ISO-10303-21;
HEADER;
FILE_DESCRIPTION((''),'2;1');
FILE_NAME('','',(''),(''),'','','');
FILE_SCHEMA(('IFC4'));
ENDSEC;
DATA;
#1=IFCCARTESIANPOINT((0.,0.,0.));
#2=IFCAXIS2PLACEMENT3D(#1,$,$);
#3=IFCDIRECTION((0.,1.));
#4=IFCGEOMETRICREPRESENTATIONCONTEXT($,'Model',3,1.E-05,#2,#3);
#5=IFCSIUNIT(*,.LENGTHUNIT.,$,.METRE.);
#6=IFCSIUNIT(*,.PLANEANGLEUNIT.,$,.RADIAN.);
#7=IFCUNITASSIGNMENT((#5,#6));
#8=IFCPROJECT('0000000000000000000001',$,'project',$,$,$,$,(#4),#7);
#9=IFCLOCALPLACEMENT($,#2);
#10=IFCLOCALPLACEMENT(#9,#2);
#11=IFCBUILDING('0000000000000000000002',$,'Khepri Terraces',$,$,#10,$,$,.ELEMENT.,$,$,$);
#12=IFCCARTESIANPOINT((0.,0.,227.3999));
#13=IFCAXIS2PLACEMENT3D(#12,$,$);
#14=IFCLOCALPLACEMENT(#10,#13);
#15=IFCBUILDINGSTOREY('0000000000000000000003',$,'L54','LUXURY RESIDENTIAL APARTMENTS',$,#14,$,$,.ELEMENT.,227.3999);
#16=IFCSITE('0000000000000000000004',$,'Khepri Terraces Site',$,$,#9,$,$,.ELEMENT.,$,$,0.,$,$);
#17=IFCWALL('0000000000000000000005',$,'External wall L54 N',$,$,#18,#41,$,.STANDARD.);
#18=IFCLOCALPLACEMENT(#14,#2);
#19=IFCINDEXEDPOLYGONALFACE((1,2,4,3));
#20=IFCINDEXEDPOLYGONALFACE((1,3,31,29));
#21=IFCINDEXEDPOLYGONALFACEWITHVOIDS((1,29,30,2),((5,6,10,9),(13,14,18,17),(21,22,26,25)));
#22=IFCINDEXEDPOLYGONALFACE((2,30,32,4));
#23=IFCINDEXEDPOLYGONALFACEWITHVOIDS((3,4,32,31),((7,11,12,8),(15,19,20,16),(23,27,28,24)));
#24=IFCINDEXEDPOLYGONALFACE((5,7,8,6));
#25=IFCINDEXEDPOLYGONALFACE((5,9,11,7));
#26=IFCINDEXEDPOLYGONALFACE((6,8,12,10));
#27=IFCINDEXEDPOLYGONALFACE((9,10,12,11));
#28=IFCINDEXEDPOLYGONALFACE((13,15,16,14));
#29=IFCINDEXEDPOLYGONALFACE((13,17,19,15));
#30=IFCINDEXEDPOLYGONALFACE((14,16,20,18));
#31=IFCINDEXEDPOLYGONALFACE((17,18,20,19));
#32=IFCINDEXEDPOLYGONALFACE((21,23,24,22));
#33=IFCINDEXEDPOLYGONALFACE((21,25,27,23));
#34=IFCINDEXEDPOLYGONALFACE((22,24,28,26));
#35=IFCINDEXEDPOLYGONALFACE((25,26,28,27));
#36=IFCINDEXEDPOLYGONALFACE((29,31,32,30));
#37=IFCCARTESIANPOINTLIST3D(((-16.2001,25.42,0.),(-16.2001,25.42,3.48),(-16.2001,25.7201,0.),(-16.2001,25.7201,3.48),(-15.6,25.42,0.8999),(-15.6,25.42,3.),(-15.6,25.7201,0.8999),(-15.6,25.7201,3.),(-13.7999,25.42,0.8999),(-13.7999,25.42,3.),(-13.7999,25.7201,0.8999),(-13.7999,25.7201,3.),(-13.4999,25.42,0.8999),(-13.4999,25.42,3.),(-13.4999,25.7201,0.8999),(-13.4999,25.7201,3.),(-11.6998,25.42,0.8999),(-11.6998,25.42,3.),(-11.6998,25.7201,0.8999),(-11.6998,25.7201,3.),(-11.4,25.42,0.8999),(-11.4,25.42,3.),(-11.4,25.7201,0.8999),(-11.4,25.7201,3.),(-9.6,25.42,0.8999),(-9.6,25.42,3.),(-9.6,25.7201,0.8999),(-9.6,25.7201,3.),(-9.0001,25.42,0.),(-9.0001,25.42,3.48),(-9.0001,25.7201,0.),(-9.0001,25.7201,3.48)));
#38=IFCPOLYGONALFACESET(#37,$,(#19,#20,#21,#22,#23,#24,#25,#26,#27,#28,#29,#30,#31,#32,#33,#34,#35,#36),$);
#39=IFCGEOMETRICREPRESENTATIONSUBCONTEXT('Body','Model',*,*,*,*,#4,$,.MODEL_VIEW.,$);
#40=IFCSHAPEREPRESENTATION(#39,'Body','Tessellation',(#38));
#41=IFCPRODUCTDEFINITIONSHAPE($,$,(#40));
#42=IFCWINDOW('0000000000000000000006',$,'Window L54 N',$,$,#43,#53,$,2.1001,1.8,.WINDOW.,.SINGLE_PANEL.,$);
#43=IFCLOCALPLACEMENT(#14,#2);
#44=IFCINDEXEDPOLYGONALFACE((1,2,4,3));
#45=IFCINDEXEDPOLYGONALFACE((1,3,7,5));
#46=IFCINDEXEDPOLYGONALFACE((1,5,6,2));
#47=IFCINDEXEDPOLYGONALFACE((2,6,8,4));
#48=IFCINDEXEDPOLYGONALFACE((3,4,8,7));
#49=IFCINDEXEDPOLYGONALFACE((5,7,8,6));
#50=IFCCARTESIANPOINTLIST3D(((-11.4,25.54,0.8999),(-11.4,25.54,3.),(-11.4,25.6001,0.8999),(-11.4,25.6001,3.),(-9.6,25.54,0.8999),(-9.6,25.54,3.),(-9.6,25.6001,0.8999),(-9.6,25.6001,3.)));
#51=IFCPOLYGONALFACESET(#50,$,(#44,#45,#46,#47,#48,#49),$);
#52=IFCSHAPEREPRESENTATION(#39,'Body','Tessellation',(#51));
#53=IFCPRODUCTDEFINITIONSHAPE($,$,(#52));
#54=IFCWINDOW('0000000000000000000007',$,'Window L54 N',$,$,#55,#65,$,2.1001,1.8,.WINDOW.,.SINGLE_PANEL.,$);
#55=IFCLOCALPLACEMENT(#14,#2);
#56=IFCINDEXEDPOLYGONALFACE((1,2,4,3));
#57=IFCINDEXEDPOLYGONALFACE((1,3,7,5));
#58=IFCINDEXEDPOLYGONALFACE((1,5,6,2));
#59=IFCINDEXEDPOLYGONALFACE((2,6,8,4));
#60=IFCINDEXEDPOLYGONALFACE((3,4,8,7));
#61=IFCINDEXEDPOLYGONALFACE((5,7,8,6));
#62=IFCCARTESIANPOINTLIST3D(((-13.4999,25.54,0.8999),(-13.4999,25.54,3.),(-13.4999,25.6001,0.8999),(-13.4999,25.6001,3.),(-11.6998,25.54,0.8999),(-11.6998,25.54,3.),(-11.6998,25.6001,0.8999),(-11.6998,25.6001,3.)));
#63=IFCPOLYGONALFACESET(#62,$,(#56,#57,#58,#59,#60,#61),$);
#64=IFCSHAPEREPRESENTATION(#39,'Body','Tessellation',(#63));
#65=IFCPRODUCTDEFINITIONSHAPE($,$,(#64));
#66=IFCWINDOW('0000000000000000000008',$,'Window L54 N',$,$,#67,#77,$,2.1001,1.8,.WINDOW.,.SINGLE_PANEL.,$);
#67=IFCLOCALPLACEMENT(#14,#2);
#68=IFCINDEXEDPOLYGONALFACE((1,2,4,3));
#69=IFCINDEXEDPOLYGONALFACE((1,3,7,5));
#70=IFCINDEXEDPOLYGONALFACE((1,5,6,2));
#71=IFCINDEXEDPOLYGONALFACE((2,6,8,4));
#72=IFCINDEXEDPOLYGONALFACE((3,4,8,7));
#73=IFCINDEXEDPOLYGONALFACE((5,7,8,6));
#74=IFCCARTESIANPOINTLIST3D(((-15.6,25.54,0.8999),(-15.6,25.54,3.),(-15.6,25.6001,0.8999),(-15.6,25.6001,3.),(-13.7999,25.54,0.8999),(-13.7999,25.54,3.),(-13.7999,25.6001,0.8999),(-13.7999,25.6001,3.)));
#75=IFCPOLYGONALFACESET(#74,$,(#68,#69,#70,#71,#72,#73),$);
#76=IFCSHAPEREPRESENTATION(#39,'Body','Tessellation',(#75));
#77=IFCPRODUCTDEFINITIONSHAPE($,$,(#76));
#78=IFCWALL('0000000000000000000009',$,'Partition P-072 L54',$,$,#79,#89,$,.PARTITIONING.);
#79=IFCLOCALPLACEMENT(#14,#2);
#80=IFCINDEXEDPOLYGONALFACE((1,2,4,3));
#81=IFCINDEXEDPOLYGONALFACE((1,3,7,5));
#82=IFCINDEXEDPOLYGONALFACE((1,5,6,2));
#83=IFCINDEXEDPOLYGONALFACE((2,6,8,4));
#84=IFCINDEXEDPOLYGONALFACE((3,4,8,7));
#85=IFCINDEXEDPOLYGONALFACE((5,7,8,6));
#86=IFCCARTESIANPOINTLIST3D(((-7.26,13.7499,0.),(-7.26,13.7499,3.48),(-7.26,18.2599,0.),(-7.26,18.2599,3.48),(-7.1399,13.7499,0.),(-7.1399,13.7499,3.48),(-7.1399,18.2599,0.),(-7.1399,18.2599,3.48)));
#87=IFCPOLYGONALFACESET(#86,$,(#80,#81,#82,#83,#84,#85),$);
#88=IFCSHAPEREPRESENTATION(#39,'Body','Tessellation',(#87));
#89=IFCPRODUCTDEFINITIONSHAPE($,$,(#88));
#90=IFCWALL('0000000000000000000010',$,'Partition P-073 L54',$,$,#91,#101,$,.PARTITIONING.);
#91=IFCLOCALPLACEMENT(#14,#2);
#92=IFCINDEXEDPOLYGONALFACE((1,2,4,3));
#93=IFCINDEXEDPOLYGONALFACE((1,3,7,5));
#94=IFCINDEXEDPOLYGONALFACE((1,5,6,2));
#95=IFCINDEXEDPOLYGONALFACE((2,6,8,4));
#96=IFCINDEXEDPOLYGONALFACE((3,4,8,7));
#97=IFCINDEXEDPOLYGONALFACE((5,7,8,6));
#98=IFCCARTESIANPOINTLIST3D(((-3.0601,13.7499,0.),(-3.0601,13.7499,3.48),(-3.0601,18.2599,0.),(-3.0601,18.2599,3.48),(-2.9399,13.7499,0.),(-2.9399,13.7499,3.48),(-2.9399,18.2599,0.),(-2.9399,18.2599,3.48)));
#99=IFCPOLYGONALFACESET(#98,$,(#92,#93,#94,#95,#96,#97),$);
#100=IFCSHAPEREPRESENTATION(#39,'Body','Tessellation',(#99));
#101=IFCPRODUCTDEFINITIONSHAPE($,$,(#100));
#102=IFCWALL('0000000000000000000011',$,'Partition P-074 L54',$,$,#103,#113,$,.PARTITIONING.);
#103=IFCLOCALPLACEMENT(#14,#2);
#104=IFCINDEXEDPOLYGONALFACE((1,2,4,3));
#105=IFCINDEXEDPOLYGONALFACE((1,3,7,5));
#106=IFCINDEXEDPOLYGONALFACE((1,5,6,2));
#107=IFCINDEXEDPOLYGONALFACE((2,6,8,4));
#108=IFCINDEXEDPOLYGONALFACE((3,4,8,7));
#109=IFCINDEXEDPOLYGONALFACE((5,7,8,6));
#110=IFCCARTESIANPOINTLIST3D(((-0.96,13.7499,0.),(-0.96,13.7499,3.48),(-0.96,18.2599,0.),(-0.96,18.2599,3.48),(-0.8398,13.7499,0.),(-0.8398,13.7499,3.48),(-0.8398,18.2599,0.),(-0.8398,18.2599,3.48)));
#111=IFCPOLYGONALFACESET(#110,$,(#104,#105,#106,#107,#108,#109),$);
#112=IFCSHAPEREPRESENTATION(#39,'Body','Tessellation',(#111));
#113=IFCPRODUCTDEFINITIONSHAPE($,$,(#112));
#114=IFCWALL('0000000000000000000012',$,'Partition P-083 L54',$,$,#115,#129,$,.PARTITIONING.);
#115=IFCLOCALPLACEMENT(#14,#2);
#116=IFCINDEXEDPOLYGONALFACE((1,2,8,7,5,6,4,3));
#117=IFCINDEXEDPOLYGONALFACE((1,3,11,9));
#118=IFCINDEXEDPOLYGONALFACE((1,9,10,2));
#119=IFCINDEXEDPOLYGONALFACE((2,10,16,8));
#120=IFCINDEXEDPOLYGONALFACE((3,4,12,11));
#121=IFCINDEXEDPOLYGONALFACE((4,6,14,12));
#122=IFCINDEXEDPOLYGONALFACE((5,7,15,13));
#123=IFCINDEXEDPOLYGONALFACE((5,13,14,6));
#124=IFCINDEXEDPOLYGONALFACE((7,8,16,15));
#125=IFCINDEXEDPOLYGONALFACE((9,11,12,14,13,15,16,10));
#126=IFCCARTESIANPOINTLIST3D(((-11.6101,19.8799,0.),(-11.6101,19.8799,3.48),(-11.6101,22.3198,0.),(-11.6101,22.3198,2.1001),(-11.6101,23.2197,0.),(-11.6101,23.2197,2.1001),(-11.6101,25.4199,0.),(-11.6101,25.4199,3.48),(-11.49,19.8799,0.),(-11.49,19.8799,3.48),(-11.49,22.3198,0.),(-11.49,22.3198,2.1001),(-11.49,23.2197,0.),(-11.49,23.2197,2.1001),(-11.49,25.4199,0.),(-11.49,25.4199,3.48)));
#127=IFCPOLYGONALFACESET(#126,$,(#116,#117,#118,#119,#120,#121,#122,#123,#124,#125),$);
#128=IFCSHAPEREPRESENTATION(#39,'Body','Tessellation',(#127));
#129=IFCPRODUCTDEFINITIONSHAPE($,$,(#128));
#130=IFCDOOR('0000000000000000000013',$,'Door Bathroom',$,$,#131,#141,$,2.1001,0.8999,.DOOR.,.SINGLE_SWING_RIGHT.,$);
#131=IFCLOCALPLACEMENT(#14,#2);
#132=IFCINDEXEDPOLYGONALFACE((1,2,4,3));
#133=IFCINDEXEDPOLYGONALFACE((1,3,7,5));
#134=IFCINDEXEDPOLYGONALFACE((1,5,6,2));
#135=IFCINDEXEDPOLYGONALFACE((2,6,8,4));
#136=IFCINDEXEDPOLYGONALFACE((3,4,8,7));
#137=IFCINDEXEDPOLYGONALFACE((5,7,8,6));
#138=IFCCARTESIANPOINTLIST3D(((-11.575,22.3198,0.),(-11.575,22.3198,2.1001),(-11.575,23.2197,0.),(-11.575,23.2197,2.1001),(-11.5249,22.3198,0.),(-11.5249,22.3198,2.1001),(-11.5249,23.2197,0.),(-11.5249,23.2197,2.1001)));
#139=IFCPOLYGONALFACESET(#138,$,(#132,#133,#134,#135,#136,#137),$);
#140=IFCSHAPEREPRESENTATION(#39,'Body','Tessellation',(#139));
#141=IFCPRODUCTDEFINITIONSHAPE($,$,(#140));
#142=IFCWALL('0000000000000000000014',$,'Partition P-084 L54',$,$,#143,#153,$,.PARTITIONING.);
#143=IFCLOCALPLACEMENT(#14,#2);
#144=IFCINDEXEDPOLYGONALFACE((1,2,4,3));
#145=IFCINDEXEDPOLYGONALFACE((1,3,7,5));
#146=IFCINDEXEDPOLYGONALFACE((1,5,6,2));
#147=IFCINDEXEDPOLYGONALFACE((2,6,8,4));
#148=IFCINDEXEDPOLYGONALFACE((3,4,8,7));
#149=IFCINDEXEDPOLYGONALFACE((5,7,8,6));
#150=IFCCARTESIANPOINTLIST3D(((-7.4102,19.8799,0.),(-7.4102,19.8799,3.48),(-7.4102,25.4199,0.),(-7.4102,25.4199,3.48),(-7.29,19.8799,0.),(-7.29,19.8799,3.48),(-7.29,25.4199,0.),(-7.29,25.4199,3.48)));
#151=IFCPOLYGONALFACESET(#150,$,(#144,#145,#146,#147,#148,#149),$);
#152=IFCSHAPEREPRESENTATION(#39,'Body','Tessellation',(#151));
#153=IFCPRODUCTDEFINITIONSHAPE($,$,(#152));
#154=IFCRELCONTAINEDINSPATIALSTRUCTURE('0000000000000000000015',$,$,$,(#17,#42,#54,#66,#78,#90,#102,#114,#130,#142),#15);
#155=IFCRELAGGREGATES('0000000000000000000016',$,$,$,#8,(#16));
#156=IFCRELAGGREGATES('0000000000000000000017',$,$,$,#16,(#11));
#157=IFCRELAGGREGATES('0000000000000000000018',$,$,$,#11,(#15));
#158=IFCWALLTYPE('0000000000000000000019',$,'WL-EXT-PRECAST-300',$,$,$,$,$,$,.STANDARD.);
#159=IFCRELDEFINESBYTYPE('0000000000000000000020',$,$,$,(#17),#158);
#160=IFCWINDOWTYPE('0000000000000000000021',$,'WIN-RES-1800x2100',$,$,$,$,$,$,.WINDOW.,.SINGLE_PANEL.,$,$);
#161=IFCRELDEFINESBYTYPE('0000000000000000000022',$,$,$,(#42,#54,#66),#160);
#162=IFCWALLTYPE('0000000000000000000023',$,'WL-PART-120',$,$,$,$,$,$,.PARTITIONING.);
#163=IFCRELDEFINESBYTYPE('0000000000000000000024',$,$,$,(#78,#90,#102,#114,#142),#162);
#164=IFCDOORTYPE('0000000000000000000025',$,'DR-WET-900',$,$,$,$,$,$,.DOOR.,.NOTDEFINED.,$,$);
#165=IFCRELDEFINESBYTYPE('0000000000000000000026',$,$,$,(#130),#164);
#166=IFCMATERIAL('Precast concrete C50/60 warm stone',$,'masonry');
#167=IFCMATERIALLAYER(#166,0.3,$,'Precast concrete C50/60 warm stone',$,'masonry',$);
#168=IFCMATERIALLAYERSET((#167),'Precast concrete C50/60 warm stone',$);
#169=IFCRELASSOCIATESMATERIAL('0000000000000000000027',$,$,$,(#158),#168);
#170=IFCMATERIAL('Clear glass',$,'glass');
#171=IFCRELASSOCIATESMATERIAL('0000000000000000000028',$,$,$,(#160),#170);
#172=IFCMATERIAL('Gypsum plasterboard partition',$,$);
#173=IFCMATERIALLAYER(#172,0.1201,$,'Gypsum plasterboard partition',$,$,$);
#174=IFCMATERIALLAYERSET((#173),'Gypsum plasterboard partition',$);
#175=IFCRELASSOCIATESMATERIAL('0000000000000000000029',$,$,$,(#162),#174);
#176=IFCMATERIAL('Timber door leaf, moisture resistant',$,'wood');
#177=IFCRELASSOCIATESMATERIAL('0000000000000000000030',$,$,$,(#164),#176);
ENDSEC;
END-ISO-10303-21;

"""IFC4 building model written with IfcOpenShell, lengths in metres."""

from ifc_helpers import new_model, si_unit, direction, frame, frame_2d, origin, place, context, subcontext, project, spatial, rectangle, extrude, material, layer, layer_set, type_object, element, fill, save


model = new_model("IFC4")

# Units and contexts
model_context = context("Model", 3, precision=1e-05, world=origin(), true_north=direction((0.0, 1.0)))
body_context = subcontext(model_context, "Body", "Model", "MODEL_VIEW")
ifc_project = project(units=[si_unit("LENGTHUNIT", "METRE"), si_unit("PLANEANGLEUNIT", "RADIAN")], contexts=[model_context])

# Site, building, storey
site_placement = place(None, origin())
site = spatial("IfcSite", under=ifc_project, at=site_placement, Name="Khepri Terraces Site", CompositionType="ELEMENT", RefElevation=0.0)
building_placement = place(site_placement, origin())
building = spatial("IfcBuilding", under=site, at=building_placement, Name="Khepri Terraces", CompositionType="ELEMENT")
storey_placement = place(building_placement, frame((0.0, 0.0, 227.3999)))
storey = spatial("IfcBuildingStorey", under=building, at=storey_placement, Name="L54", Description="LUXURY RESIDENTIAL APARTMENTS", CompositionType="ELEMENT", Elevation=227.3999)

# Wall, openings, windows
ifc_material_1 = material(Name="Precast concrete C50/60 warm stone", Category="masonry")
ifc_layer_1 = layer(ifc_material_1, 0.3, Name="Precast concrete C50/60 warm stone", Category="masonry")
ifc_layer_set_1 = layer_set([ifc_layer_1], Name="Precast concrete C50/60 warm stone")
wall_type_1 = type_object("IfcWallType", Name="WL-EXT-PRECAST-300", PredefinedType="STANDARD", material=ifc_layer_set_1)
ifc_material_2 = material(Name="Clear glass", Category="glass")
window_type_1 = type_object("IfcWindowType", Name="WIN-RES-1800x2100", PartitioningType="SINGLE_PANEL", PredefinedType="WINDOW", material=ifc_material_2)
wall_1_placement = place(storey_placement, frame((-9.0, 25.5701, 0.0), z_axis=(0.0, 0.0, 1.0), x_axis=(-1.0, 0.0, 0.0)))
wall_1 = element("IfcWall", 1, at=wall_1_placement, inside=storey, type_object=wall_type_1, Name="External wall L54 N", PredefinedType="STANDARD", context=body_context, shape_type="SweptSolid", body=[
    extrude(rectangle(XDim=7.2, YDim=0.3, at=frame_2d((3.6001, 0.0))), origin(), (0.0, 0.0, 1.0), 3.48),
])
opening_1_placement = place(wall_1_placement, frame((0.6001, 0.0, 0.8999)))
opening_1 = element("IfcOpeningElement", 2, at=opening_1_placement, cuts=wall_1, PredefinedType="OPENING", context=body_context, shape_type="SweptSolid", body=[
    extrude(rectangle(XDim=1.8, YDim=2.1001, at=frame_2d((0.8999, 1.05))), frame((0.0, 0.1602, 0.0), z_axis=(0.0, -1.0, 0.0), x_axis=(1.0, 0.0, 0.0)), (0.0, 0.0, 1.0), 0.3201),
])
opening_2_placement = place(wall_1_placement, frame((2.7, 0.0, 0.8999)))
opening_2 = element("IfcOpeningElement", 3, at=opening_2_placement, cuts=wall_1, PredefinedType="OPENING", context=body_context, shape_type="SweptSolid", body=[
    extrude(rectangle(XDim=1.8, YDim=2.1001, at=frame_2d((0.8999, 1.05))), frame((0.0, 0.1602, 0.0), z_axis=(0.0, -1.0, 0.0), x_axis=(1.0, 0.0, 0.0)), (0.0, 0.0, 1.0), 0.3201),
])
opening_3_placement = place(wall_1_placement, frame((4.8, 0.0, 0.8999)))
opening_3 = element("IfcOpeningElement", 4, at=opening_3_placement, cuts=wall_1, PredefinedType="OPENING", context=body_context, shape_type="SweptSolid", body=[
    extrude(rectangle(XDim=1.8, YDim=2.1001, at=frame_2d((0.8999, 1.05))), frame((0.0, 0.1602, 0.0), z_axis=(0.0, -1.0, 0.0), x_axis=(1.0, 0.0, 0.0)), (0.0, 0.0, 1.0), 0.3201),
])
window_1_placement = place(opening_1_placement, origin())
window_1 = element("IfcWindow", 5, at=window_1_placement, inside=storey, type_object=window_type_1, Name="Window L54 N", OverallHeight=2.1001, OverallWidth=1.8, PartitioningType="SINGLE_PANEL", PredefinedType="WINDOW", context=body_context, shape_type="SweptSolid", body=[
    extrude(rectangle(XDim=1.8, YDim=2.1001, at=frame_2d((0.8999, 1.05))), frame((0.0, 0.03, 0.0), z_axis=(0.0, -1.0, 0.0), x_axis=(1.0, 0.0, 0.0)), (0.0, 0.0, 1.0), 0.0601),
])
fill(opening_1, window_1)
window_2_placement = place(opening_2_placement, origin())
window_2 = element("IfcWindow", 6, at=window_2_placement, inside=storey, type_object=window_type_1, Name="Window L54 N", OverallHeight=2.1001, OverallWidth=1.8, PartitioningType="SINGLE_PANEL", PredefinedType="WINDOW", context=body_context, shape_type="SweptSolid", body=[
    extrude(rectangle(XDim=1.8, YDim=2.1001, at=frame_2d((0.8999, 1.05))), frame((0.0, 0.03, 0.0), z_axis=(0.0, -1.0, 0.0), x_axis=(1.0, 0.0, 0.0)), (0.0, 0.0, 1.0), 0.0601),
])
fill(opening_2, window_2)
window_3_placement = place(opening_3_placement, origin())
window_3 = element("IfcWindow", 7, at=window_3_placement, inside=storey, type_object=window_type_1, Name="Window L54 N", OverallHeight=2.1001, OverallWidth=1.8, PartitioningType="SINGLE_PANEL", PredefinedType="WINDOW", context=body_context, shape_type="SweptSolid", body=[
    extrude(rectangle(XDim=1.8, YDim=2.1001, at=frame_2d((0.8999, 1.05))), frame((0.0, 0.03, 0.0), z_axis=(0.0, -1.0, 0.0), x_axis=(1.0, 0.0, 0.0)), (0.0, 0.0, 1.0), 0.0601),
])
fill(opening_3, window_3)

# Walls
ifc_material_3 = material(Name="Gypsum plasterboard partition")
ifc_layer_2 = layer(ifc_material_3, 0.1201, Name="Gypsum plasterboard partition")
ifc_layer_set_2 = layer_set([ifc_layer_2], Name="Gypsum plasterboard partition")
wall_type_2 = type_object("IfcWallType", Name="WL-PART-120", PredefinedType="PARTITIONING", material=ifc_layer_set_2)
for number, where, z_axis, x_axis, name in (
    (8, (-7.2, 13.75, 0.0), (0.0, 0.0, 1.0), (0.0, 1.0, 0.0), "Partition P-072 L54"),
    (9, (-3.0, 13.75, 0.0), (0.0, 0.0, 1.0), (0.0, 1.0, 0.0), "Partition P-073 L54"),
    (10, (-0.8999, 13.75, 0.0), (0.0, 0.0, 1.0), (0.0, 1.0, 0.0), "Partition P-074 L54"),
):
    element("IfcWall", number, at=place(storey_placement, frame(where, z_axis=z_axis, x_axis=x_axis)), inside=storey, type_object=wall_type_2, Name=name, PredefinedType="PARTITIONING", context=body_context, shape_type="SweptSolid", body=[
        extrude(rectangle(XDim=4.51, YDim=0.1201, at=frame_2d((2.2549, 0.0))), origin(), (0.0, 0.0, 1.0), 3.48),
    ])

# Wall, opening, door
wall_2_placement = place(storey_placement, frame((-11.55, 19.8799, 0.0), z_axis=(0.0, 0.0, 1.0), x_axis=(0.0, 1.0, 0.0)))
wall_2 = element("IfcWall", 11, at=wall_2_placement, inside=storey, type_object=wall_type_2, Name="Partition P-083 L54", PredefinedType="PARTITIONING", context=body_context, shape_type="SweptSolid", body=[
    extrude(rectangle(XDim=5.54, YDim=0.1201, at=frame_2d((2.77, 0.0))), origin(), (0.0, 0.0, 1.0), 3.48),
])
opening_4_placement = place(wall_2_placement, frame((2.4399, 0.0, 0.0)))
opening_4 = element("IfcOpeningElement", 12, at=opening_4_placement, cuts=wall_2, PredefinedType="OPENING", context=body_context, shape_type="SweptSolid", body=[
    extrude(rectangle(XDim=0.8999, YDim=2.1001, at=frame_2d((0.45, 1.05))), frame((0.0, 0.0701, 0.0), z_axis=(0.0, -1.0, 0.0), x_axis=(1.0, 0.0, 0.0)), (0.0, 0.0, 1.0), 0.1401),
])
ifc_material_4 = material(Name="Timber door leaf, moisture resistant", Category="wood")
door_type_1 = type_object("IfcDoorType", Name="DR-WET-900", OperationType="NOTDEFINED", PredefinedType="DOOR", material=ifc_material_4)
door_1_placement = place(opening_4_placement, origin())
door_1 = element("IfcDoor", 13, at=door_1_placement, inside=storey, type_object=door_type_1, Name="Door Bathroom", OperationType="SINGLE_SWING_RIGHT", OverallHeight=2.1001, OverallWidth=0.8999, PredefinedType="DOOR", context=body_context, shape_type="SweptSolid", body=[
    extrude(rectangle(XDim=0.8999, YDim=2.1001, at=frame_2d((0.45, 1.05))), frame((0.0, 0.0249, 0.0), z_axis=(0.0, -1.0, 0.0), x_axis=(1.0, 0.0, 0.0)), (0.0, 0.0, 1.0), 0.05),
])
fill(opening_4, door_1)

# Wall
wall_3_placement = place(storey_placement, frame((-7.3501, 19.8799, 0.0), z_axis=(0.0, 0.0, 1.0), x_axis=(0.0, 1.0, 0.0)))
element("IfcWall", 14, at=wall_3_placement, inside=storey, type_object=wall_type_2, Name="Partition P-084 L54", PredefinedType="PARTITIONING", context=body_context, shape_type="SweptSolid", body=[
    extrude(rectangle(XDim=5.54, YDim=0.1201, at=frame_2d((2.77, 0.0))), origin(), (0.0, 0.0, 1.0), 3.48),
])

save(model, "model.ifc")
